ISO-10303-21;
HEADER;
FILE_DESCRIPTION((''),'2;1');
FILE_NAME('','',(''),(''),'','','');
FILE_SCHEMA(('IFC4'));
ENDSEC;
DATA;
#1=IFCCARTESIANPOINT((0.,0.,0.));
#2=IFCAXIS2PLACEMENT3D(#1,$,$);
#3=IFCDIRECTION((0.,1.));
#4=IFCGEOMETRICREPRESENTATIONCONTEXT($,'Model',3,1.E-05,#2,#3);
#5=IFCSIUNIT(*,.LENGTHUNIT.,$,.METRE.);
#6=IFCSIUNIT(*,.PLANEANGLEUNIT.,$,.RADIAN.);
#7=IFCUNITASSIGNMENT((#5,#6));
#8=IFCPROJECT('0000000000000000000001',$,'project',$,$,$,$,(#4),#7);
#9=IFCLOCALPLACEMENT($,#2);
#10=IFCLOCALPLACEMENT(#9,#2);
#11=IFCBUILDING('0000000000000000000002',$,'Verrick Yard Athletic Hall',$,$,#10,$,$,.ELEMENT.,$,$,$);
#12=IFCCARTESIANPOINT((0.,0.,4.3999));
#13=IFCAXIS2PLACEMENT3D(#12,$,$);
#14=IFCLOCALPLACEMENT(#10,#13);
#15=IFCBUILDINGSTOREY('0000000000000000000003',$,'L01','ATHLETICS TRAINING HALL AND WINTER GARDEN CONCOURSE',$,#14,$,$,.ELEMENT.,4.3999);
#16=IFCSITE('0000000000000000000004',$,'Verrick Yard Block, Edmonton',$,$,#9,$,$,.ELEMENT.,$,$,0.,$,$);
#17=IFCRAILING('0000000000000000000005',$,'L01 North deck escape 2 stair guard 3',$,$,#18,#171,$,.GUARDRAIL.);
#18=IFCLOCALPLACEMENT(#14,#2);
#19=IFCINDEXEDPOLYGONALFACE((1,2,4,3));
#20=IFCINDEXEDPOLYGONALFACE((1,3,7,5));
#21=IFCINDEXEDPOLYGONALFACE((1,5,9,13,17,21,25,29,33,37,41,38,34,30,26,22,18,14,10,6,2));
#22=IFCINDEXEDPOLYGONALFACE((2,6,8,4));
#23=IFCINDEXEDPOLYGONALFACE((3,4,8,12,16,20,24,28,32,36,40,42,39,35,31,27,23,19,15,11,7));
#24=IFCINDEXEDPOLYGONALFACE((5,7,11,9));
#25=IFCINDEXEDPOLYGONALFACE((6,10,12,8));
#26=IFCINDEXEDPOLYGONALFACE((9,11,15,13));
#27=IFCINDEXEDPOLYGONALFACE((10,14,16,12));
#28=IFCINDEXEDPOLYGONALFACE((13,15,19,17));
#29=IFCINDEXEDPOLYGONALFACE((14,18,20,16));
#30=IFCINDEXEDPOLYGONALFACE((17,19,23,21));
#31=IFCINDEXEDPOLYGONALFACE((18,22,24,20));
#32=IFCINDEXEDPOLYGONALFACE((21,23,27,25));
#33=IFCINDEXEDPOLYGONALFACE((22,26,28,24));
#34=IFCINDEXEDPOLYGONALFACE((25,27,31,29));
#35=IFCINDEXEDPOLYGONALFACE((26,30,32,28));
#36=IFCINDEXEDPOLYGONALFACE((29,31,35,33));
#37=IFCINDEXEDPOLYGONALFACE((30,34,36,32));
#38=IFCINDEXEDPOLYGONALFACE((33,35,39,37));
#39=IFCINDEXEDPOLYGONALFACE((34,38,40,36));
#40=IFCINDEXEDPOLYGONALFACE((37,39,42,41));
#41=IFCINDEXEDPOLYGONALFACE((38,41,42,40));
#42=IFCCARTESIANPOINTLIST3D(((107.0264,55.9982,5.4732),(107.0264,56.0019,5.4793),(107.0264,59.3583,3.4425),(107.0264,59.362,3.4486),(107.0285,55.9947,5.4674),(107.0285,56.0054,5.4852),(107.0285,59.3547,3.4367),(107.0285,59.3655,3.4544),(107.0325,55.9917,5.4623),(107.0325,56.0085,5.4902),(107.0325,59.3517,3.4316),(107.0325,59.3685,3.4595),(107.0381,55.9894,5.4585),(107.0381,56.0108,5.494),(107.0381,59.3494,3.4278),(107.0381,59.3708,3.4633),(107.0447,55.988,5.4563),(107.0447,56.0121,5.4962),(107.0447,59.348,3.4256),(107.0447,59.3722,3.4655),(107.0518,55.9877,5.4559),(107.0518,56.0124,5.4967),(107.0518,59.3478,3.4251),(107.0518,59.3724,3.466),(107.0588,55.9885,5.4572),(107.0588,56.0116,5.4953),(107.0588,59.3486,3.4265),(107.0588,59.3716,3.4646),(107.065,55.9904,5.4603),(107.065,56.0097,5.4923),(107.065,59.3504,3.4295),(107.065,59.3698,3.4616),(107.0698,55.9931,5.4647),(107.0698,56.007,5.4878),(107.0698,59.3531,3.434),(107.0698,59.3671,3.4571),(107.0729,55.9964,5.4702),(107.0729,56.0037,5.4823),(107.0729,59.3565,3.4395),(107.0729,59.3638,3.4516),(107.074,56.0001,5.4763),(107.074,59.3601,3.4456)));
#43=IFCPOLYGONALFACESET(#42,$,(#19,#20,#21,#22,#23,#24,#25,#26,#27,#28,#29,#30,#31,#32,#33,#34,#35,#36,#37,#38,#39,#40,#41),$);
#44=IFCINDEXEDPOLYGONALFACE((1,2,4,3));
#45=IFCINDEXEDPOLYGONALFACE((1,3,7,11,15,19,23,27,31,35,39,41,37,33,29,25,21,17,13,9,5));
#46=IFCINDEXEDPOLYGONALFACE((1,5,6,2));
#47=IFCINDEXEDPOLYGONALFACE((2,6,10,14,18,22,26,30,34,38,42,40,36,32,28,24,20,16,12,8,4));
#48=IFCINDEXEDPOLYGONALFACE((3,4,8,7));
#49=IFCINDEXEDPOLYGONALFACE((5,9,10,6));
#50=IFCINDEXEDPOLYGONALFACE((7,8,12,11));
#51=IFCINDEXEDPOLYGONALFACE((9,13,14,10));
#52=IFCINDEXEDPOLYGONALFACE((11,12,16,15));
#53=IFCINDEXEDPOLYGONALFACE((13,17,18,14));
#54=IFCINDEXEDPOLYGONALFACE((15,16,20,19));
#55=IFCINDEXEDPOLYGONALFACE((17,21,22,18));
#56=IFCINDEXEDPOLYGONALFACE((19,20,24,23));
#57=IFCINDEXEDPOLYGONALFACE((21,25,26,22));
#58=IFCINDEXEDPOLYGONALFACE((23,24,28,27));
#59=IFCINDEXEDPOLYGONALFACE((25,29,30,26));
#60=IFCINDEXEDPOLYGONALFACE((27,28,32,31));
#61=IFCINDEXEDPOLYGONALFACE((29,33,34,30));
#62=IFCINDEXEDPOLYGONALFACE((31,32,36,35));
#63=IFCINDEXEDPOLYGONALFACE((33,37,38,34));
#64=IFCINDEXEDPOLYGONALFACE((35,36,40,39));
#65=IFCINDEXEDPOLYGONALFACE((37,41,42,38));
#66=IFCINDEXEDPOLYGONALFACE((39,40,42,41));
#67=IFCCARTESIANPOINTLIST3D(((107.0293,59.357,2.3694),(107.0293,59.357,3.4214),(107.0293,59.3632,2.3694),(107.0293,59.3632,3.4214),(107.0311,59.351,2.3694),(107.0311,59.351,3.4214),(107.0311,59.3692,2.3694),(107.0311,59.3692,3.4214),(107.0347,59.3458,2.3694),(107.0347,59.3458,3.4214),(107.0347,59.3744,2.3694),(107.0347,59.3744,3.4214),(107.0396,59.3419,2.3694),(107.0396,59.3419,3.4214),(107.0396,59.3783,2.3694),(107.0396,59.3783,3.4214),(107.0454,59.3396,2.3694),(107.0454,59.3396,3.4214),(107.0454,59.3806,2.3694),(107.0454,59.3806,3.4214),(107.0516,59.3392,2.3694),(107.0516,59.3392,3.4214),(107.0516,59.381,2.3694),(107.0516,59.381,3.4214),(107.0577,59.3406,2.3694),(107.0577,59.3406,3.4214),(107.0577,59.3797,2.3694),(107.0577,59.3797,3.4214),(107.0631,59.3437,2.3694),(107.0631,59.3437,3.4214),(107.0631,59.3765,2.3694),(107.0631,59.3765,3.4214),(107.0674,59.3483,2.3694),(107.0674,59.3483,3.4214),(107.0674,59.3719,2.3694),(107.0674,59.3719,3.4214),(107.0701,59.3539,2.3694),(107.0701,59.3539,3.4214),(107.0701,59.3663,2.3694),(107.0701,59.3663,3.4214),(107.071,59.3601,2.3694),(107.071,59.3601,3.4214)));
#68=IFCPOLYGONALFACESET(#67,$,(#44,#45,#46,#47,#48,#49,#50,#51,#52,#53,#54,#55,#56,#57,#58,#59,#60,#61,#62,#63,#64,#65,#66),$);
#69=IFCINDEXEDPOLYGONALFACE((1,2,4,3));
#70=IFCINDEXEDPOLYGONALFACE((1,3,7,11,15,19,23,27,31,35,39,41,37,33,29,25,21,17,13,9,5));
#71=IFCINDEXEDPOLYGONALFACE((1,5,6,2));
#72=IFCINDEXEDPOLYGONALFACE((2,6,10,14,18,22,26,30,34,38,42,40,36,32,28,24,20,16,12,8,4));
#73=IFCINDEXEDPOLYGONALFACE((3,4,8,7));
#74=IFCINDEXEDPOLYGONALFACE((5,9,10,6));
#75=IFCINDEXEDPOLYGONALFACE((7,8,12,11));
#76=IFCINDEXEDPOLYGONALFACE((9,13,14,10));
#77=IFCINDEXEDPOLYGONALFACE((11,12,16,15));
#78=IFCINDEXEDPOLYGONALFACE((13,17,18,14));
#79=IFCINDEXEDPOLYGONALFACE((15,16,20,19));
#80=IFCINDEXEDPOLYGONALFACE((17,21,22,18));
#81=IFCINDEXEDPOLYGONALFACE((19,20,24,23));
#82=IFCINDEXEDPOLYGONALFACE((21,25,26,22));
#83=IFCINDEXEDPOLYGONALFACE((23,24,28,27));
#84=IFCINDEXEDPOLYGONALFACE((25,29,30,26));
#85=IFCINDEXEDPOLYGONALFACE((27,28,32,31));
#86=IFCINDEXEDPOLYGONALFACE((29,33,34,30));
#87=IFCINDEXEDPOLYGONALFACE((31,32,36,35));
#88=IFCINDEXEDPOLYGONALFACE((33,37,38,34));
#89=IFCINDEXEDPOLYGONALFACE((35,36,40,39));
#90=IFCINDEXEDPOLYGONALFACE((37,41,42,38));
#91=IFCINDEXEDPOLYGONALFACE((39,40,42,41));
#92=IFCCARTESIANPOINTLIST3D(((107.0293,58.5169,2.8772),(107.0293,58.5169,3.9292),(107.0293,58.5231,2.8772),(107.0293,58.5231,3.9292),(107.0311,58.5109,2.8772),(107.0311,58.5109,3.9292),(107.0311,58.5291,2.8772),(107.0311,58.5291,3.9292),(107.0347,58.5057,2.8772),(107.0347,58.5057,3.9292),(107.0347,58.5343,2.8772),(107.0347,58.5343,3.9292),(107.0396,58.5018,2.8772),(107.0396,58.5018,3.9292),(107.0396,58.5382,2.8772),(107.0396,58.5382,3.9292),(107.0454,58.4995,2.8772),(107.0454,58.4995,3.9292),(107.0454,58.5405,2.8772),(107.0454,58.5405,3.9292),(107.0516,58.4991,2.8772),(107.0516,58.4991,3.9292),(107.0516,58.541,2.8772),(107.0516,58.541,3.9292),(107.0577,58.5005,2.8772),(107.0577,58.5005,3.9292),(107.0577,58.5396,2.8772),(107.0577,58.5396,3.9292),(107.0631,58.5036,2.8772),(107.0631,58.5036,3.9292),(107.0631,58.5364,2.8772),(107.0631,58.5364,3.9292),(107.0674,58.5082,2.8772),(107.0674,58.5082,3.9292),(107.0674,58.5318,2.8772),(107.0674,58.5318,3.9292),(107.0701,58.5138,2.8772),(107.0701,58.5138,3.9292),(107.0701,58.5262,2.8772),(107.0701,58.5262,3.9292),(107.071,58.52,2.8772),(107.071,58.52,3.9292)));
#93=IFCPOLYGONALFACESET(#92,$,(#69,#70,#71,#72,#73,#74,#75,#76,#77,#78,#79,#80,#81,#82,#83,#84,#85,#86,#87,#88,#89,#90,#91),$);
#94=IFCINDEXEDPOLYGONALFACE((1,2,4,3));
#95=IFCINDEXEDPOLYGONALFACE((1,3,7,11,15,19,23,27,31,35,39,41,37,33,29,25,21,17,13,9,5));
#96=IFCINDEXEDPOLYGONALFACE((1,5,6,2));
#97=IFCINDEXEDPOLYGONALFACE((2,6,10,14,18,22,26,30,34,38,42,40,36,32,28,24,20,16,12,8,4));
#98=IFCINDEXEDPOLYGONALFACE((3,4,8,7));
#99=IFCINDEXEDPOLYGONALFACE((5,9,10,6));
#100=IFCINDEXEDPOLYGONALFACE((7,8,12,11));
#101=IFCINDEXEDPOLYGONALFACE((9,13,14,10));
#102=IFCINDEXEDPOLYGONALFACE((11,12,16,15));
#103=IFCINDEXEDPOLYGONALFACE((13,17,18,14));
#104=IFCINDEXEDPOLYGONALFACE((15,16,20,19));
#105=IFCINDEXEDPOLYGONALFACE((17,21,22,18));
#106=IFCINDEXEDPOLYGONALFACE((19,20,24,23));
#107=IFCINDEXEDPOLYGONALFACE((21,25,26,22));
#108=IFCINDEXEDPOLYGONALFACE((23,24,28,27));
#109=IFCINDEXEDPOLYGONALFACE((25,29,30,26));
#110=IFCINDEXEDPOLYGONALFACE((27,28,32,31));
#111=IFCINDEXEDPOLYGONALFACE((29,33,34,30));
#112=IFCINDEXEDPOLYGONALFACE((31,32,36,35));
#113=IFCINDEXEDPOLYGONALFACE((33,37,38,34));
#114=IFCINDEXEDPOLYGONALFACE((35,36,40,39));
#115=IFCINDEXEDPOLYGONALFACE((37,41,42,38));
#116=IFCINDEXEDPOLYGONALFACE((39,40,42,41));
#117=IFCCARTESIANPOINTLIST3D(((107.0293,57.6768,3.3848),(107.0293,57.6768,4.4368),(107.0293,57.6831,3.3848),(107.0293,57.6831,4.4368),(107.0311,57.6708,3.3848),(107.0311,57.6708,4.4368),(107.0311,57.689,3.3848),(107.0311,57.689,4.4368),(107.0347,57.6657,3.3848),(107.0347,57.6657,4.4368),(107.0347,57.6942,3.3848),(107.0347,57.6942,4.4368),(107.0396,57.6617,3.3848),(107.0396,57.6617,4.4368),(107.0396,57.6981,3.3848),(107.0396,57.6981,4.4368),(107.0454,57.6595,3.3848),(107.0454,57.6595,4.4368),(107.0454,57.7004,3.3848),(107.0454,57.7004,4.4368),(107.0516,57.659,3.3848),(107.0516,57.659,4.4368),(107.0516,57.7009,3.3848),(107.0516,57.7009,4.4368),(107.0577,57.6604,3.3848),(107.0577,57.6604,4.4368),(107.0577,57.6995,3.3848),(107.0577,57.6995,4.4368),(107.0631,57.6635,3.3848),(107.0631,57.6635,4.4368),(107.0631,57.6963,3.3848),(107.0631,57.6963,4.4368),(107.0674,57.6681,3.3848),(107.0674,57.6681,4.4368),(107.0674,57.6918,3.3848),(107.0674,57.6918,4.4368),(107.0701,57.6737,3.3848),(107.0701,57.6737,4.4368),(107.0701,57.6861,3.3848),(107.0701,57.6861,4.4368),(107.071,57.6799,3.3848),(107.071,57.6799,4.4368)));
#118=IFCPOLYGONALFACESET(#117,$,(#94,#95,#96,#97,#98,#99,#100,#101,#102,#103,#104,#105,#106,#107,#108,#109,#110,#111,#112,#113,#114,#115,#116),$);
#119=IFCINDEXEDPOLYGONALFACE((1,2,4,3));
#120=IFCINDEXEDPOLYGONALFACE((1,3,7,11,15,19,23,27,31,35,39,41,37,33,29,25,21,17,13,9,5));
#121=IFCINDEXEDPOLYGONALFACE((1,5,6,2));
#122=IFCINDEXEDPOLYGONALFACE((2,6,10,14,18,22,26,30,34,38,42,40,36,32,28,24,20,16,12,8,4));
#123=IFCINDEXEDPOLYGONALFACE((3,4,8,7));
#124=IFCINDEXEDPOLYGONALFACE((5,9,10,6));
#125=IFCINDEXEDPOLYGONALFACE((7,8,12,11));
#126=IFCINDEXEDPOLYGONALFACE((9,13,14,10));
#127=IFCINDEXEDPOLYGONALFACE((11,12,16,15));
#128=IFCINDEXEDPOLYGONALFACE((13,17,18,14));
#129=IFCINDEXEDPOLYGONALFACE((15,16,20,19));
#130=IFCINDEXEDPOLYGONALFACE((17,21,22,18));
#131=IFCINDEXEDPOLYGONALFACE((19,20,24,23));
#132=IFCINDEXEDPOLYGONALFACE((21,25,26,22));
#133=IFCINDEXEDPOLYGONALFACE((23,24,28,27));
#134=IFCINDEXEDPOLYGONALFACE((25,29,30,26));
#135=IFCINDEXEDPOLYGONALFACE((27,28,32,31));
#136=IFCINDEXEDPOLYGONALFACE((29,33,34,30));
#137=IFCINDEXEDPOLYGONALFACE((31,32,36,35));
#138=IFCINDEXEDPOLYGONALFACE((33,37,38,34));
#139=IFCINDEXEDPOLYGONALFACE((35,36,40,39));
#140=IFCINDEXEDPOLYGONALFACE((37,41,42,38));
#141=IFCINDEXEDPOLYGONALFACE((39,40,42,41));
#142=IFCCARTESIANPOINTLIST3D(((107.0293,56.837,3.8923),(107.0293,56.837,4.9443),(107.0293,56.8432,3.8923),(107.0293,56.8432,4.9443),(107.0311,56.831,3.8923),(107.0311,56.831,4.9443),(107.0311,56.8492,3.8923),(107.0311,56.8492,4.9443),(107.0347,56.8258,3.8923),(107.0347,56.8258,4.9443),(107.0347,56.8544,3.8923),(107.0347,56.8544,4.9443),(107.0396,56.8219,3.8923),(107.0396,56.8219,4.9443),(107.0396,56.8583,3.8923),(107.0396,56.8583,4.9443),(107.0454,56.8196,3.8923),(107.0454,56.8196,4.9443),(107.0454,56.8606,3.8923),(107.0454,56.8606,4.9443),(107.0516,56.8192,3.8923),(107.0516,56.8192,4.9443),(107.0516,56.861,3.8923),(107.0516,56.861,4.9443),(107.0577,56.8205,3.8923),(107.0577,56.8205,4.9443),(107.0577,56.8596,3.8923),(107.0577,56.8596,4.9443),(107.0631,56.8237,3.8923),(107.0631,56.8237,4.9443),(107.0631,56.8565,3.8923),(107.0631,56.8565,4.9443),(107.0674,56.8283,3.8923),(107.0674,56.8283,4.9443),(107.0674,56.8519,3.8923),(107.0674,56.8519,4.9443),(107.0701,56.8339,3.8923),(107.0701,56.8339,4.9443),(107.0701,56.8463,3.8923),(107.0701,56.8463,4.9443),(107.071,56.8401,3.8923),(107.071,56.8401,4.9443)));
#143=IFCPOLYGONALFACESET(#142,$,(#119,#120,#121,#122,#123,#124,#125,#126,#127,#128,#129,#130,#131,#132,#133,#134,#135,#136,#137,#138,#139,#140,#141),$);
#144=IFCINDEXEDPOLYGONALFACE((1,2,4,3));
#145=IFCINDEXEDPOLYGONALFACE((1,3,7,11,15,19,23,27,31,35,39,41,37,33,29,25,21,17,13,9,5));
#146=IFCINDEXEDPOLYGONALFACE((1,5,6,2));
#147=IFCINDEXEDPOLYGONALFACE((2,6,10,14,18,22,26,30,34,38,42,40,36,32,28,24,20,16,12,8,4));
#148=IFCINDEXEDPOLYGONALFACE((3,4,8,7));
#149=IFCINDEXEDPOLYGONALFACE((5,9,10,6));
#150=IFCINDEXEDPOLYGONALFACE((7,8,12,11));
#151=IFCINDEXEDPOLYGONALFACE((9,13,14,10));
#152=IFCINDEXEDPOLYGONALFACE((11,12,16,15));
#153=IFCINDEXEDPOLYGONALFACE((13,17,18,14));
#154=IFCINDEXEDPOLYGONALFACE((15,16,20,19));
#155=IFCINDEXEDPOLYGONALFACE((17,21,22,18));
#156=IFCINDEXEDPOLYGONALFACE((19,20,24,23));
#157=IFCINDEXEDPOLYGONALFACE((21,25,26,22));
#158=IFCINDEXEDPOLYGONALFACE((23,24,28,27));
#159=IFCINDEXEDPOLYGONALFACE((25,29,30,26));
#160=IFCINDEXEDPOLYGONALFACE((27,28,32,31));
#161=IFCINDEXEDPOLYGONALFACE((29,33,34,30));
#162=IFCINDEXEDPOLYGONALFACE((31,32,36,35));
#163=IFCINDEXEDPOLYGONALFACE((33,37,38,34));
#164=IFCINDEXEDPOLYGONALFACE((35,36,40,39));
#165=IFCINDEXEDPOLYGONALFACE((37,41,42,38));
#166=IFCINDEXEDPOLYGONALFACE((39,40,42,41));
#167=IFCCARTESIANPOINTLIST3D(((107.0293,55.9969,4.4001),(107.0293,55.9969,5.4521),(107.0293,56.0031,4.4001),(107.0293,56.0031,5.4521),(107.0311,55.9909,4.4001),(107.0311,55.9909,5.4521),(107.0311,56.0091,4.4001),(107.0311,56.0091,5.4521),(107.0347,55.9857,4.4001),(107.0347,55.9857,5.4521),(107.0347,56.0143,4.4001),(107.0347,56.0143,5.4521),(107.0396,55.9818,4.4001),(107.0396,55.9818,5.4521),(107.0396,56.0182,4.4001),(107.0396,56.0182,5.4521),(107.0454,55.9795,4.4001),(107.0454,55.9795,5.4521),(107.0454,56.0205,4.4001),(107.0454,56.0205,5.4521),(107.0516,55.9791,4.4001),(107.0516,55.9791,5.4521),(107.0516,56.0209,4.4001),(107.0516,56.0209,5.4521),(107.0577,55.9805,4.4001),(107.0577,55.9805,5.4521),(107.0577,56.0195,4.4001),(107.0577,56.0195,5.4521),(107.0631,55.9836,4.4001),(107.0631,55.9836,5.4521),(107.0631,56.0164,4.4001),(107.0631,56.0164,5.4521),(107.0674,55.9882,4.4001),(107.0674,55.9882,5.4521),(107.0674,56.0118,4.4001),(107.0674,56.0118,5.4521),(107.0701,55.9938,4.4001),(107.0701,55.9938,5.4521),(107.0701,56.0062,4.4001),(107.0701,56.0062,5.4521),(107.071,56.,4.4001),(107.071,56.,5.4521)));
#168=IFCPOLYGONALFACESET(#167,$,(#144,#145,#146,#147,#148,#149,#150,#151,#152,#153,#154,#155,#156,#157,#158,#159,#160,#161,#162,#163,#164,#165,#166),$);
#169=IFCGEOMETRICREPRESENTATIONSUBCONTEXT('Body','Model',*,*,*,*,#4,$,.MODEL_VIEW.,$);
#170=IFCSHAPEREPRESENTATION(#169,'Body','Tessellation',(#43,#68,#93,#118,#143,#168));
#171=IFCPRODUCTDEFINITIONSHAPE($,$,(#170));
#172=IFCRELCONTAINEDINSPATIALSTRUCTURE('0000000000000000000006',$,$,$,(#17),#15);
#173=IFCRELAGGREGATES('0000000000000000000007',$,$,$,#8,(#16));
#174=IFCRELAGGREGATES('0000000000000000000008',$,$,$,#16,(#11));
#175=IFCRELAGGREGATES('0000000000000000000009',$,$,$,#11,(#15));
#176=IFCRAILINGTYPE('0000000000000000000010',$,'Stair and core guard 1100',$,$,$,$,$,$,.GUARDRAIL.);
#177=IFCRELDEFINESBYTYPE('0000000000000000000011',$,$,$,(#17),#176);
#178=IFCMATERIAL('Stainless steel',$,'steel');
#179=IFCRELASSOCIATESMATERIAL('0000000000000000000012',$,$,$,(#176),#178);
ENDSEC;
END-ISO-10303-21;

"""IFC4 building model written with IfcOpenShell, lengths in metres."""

from ifc_helpers import new_model, si_unit, direction, frame, origin, origin_2d, place, context, subcontext, project, spatial, circle, extrude, material, type_object, element, save


model = new_model("IFC4")

# Units and contexts
model_context = context("Model", 3, precision=1e-05, world=origin(), true_north=direction((0.0, 1.0)))
body_context = subcontext(model_context, "Body", "Model", "MODEL_VIEW")
ifc_project = project(units=[si_unit("LENGTHUNIT", "METRE"), si_unit("PLANEANGLEUNIT", "RADIAN")], contexts=[model_context])

# Site, building, storey
site_placement = place(None, origin())
site = spatial("IfcSite", under=ifc_project, at=site_placement, Name="Verrick Yard Block, Edmonton", CompositionType="ELEMENT", RefElevation=0.0)
building_placement = place(site_placement, origin())
building = spatial("IfcBuilding", under=site, at=building_placement, Name="Verrick Yard Athletic Hall", CompositionType="ELEMENT")
storey_placement = place(building_placement, frame((0.0, 0.0, 4.3999)))
storey = spatial("IfcBuildingStorey", under=building, at=storey_placement, Name="L01", Description="ATHLETICS TRAINING HALL AND WINTER GARDEN CONCOURSE", CompositionType="ELEMENT", Elevation=4.3999)

# Railing
ifc_material_1 = material(Name="Stainless steel", Category="steel")
railing_type_1 = type_object("IfcRailingType", Name="Stair and core guard 1100", PredefinedType="GUARDRAIL", material=ifc_material_1)
railing_1_placement = place(storey_placement, frame((107.05, 59.3601, 2.3694)))
element("IfcRailing", 1, at=railing_1_placement, inside=storey, type_object=railing_type_1, Name="L01 North deck escape 2 stair guard 3", PredefinedType="GUARDRAIL", context=body_context, shape_type="SweptSolid", body=[
    extrude(circle(Radius=0.0239, at=origin_2d()), frame((0.0, 0.0, 1.0762), z_axis=(0.0, -0.855837, 0.517246), x_axis=(1.0, 0.0, 0.0)), (0.0, 0.0, 1.0), 3.926),
    extrude(circle(Radius=0.021, at=origin_2d()), origin(), (0.0, 0.0, 1.0), 1.052),
    extrude(circle(Radius=0.021, at=origin_2d()), frame((0.0, -0.8401, 0.5078)), (0.0, 0.0, 1.0), 1.052),
    extrude(circle(Radius=0.021, at=origin_2d()), frame((0.0, -1.6802, 1.0154)), (0.0, 0.0, 1.0), 1.052),
    extrude(circle(Radius=0.021, at=origin_2d()), frame((0.0, -2.52, 1.5229)), (0.0, 0.0, 1.0), 1.052),
    extrude(circle(Radius=0.021, at=origin_2d()), frame((0.0, -3.3601, 2.0308)), (0.0, 0.0, 1.0), 1.052),
])

save(model, "model.ifc")
